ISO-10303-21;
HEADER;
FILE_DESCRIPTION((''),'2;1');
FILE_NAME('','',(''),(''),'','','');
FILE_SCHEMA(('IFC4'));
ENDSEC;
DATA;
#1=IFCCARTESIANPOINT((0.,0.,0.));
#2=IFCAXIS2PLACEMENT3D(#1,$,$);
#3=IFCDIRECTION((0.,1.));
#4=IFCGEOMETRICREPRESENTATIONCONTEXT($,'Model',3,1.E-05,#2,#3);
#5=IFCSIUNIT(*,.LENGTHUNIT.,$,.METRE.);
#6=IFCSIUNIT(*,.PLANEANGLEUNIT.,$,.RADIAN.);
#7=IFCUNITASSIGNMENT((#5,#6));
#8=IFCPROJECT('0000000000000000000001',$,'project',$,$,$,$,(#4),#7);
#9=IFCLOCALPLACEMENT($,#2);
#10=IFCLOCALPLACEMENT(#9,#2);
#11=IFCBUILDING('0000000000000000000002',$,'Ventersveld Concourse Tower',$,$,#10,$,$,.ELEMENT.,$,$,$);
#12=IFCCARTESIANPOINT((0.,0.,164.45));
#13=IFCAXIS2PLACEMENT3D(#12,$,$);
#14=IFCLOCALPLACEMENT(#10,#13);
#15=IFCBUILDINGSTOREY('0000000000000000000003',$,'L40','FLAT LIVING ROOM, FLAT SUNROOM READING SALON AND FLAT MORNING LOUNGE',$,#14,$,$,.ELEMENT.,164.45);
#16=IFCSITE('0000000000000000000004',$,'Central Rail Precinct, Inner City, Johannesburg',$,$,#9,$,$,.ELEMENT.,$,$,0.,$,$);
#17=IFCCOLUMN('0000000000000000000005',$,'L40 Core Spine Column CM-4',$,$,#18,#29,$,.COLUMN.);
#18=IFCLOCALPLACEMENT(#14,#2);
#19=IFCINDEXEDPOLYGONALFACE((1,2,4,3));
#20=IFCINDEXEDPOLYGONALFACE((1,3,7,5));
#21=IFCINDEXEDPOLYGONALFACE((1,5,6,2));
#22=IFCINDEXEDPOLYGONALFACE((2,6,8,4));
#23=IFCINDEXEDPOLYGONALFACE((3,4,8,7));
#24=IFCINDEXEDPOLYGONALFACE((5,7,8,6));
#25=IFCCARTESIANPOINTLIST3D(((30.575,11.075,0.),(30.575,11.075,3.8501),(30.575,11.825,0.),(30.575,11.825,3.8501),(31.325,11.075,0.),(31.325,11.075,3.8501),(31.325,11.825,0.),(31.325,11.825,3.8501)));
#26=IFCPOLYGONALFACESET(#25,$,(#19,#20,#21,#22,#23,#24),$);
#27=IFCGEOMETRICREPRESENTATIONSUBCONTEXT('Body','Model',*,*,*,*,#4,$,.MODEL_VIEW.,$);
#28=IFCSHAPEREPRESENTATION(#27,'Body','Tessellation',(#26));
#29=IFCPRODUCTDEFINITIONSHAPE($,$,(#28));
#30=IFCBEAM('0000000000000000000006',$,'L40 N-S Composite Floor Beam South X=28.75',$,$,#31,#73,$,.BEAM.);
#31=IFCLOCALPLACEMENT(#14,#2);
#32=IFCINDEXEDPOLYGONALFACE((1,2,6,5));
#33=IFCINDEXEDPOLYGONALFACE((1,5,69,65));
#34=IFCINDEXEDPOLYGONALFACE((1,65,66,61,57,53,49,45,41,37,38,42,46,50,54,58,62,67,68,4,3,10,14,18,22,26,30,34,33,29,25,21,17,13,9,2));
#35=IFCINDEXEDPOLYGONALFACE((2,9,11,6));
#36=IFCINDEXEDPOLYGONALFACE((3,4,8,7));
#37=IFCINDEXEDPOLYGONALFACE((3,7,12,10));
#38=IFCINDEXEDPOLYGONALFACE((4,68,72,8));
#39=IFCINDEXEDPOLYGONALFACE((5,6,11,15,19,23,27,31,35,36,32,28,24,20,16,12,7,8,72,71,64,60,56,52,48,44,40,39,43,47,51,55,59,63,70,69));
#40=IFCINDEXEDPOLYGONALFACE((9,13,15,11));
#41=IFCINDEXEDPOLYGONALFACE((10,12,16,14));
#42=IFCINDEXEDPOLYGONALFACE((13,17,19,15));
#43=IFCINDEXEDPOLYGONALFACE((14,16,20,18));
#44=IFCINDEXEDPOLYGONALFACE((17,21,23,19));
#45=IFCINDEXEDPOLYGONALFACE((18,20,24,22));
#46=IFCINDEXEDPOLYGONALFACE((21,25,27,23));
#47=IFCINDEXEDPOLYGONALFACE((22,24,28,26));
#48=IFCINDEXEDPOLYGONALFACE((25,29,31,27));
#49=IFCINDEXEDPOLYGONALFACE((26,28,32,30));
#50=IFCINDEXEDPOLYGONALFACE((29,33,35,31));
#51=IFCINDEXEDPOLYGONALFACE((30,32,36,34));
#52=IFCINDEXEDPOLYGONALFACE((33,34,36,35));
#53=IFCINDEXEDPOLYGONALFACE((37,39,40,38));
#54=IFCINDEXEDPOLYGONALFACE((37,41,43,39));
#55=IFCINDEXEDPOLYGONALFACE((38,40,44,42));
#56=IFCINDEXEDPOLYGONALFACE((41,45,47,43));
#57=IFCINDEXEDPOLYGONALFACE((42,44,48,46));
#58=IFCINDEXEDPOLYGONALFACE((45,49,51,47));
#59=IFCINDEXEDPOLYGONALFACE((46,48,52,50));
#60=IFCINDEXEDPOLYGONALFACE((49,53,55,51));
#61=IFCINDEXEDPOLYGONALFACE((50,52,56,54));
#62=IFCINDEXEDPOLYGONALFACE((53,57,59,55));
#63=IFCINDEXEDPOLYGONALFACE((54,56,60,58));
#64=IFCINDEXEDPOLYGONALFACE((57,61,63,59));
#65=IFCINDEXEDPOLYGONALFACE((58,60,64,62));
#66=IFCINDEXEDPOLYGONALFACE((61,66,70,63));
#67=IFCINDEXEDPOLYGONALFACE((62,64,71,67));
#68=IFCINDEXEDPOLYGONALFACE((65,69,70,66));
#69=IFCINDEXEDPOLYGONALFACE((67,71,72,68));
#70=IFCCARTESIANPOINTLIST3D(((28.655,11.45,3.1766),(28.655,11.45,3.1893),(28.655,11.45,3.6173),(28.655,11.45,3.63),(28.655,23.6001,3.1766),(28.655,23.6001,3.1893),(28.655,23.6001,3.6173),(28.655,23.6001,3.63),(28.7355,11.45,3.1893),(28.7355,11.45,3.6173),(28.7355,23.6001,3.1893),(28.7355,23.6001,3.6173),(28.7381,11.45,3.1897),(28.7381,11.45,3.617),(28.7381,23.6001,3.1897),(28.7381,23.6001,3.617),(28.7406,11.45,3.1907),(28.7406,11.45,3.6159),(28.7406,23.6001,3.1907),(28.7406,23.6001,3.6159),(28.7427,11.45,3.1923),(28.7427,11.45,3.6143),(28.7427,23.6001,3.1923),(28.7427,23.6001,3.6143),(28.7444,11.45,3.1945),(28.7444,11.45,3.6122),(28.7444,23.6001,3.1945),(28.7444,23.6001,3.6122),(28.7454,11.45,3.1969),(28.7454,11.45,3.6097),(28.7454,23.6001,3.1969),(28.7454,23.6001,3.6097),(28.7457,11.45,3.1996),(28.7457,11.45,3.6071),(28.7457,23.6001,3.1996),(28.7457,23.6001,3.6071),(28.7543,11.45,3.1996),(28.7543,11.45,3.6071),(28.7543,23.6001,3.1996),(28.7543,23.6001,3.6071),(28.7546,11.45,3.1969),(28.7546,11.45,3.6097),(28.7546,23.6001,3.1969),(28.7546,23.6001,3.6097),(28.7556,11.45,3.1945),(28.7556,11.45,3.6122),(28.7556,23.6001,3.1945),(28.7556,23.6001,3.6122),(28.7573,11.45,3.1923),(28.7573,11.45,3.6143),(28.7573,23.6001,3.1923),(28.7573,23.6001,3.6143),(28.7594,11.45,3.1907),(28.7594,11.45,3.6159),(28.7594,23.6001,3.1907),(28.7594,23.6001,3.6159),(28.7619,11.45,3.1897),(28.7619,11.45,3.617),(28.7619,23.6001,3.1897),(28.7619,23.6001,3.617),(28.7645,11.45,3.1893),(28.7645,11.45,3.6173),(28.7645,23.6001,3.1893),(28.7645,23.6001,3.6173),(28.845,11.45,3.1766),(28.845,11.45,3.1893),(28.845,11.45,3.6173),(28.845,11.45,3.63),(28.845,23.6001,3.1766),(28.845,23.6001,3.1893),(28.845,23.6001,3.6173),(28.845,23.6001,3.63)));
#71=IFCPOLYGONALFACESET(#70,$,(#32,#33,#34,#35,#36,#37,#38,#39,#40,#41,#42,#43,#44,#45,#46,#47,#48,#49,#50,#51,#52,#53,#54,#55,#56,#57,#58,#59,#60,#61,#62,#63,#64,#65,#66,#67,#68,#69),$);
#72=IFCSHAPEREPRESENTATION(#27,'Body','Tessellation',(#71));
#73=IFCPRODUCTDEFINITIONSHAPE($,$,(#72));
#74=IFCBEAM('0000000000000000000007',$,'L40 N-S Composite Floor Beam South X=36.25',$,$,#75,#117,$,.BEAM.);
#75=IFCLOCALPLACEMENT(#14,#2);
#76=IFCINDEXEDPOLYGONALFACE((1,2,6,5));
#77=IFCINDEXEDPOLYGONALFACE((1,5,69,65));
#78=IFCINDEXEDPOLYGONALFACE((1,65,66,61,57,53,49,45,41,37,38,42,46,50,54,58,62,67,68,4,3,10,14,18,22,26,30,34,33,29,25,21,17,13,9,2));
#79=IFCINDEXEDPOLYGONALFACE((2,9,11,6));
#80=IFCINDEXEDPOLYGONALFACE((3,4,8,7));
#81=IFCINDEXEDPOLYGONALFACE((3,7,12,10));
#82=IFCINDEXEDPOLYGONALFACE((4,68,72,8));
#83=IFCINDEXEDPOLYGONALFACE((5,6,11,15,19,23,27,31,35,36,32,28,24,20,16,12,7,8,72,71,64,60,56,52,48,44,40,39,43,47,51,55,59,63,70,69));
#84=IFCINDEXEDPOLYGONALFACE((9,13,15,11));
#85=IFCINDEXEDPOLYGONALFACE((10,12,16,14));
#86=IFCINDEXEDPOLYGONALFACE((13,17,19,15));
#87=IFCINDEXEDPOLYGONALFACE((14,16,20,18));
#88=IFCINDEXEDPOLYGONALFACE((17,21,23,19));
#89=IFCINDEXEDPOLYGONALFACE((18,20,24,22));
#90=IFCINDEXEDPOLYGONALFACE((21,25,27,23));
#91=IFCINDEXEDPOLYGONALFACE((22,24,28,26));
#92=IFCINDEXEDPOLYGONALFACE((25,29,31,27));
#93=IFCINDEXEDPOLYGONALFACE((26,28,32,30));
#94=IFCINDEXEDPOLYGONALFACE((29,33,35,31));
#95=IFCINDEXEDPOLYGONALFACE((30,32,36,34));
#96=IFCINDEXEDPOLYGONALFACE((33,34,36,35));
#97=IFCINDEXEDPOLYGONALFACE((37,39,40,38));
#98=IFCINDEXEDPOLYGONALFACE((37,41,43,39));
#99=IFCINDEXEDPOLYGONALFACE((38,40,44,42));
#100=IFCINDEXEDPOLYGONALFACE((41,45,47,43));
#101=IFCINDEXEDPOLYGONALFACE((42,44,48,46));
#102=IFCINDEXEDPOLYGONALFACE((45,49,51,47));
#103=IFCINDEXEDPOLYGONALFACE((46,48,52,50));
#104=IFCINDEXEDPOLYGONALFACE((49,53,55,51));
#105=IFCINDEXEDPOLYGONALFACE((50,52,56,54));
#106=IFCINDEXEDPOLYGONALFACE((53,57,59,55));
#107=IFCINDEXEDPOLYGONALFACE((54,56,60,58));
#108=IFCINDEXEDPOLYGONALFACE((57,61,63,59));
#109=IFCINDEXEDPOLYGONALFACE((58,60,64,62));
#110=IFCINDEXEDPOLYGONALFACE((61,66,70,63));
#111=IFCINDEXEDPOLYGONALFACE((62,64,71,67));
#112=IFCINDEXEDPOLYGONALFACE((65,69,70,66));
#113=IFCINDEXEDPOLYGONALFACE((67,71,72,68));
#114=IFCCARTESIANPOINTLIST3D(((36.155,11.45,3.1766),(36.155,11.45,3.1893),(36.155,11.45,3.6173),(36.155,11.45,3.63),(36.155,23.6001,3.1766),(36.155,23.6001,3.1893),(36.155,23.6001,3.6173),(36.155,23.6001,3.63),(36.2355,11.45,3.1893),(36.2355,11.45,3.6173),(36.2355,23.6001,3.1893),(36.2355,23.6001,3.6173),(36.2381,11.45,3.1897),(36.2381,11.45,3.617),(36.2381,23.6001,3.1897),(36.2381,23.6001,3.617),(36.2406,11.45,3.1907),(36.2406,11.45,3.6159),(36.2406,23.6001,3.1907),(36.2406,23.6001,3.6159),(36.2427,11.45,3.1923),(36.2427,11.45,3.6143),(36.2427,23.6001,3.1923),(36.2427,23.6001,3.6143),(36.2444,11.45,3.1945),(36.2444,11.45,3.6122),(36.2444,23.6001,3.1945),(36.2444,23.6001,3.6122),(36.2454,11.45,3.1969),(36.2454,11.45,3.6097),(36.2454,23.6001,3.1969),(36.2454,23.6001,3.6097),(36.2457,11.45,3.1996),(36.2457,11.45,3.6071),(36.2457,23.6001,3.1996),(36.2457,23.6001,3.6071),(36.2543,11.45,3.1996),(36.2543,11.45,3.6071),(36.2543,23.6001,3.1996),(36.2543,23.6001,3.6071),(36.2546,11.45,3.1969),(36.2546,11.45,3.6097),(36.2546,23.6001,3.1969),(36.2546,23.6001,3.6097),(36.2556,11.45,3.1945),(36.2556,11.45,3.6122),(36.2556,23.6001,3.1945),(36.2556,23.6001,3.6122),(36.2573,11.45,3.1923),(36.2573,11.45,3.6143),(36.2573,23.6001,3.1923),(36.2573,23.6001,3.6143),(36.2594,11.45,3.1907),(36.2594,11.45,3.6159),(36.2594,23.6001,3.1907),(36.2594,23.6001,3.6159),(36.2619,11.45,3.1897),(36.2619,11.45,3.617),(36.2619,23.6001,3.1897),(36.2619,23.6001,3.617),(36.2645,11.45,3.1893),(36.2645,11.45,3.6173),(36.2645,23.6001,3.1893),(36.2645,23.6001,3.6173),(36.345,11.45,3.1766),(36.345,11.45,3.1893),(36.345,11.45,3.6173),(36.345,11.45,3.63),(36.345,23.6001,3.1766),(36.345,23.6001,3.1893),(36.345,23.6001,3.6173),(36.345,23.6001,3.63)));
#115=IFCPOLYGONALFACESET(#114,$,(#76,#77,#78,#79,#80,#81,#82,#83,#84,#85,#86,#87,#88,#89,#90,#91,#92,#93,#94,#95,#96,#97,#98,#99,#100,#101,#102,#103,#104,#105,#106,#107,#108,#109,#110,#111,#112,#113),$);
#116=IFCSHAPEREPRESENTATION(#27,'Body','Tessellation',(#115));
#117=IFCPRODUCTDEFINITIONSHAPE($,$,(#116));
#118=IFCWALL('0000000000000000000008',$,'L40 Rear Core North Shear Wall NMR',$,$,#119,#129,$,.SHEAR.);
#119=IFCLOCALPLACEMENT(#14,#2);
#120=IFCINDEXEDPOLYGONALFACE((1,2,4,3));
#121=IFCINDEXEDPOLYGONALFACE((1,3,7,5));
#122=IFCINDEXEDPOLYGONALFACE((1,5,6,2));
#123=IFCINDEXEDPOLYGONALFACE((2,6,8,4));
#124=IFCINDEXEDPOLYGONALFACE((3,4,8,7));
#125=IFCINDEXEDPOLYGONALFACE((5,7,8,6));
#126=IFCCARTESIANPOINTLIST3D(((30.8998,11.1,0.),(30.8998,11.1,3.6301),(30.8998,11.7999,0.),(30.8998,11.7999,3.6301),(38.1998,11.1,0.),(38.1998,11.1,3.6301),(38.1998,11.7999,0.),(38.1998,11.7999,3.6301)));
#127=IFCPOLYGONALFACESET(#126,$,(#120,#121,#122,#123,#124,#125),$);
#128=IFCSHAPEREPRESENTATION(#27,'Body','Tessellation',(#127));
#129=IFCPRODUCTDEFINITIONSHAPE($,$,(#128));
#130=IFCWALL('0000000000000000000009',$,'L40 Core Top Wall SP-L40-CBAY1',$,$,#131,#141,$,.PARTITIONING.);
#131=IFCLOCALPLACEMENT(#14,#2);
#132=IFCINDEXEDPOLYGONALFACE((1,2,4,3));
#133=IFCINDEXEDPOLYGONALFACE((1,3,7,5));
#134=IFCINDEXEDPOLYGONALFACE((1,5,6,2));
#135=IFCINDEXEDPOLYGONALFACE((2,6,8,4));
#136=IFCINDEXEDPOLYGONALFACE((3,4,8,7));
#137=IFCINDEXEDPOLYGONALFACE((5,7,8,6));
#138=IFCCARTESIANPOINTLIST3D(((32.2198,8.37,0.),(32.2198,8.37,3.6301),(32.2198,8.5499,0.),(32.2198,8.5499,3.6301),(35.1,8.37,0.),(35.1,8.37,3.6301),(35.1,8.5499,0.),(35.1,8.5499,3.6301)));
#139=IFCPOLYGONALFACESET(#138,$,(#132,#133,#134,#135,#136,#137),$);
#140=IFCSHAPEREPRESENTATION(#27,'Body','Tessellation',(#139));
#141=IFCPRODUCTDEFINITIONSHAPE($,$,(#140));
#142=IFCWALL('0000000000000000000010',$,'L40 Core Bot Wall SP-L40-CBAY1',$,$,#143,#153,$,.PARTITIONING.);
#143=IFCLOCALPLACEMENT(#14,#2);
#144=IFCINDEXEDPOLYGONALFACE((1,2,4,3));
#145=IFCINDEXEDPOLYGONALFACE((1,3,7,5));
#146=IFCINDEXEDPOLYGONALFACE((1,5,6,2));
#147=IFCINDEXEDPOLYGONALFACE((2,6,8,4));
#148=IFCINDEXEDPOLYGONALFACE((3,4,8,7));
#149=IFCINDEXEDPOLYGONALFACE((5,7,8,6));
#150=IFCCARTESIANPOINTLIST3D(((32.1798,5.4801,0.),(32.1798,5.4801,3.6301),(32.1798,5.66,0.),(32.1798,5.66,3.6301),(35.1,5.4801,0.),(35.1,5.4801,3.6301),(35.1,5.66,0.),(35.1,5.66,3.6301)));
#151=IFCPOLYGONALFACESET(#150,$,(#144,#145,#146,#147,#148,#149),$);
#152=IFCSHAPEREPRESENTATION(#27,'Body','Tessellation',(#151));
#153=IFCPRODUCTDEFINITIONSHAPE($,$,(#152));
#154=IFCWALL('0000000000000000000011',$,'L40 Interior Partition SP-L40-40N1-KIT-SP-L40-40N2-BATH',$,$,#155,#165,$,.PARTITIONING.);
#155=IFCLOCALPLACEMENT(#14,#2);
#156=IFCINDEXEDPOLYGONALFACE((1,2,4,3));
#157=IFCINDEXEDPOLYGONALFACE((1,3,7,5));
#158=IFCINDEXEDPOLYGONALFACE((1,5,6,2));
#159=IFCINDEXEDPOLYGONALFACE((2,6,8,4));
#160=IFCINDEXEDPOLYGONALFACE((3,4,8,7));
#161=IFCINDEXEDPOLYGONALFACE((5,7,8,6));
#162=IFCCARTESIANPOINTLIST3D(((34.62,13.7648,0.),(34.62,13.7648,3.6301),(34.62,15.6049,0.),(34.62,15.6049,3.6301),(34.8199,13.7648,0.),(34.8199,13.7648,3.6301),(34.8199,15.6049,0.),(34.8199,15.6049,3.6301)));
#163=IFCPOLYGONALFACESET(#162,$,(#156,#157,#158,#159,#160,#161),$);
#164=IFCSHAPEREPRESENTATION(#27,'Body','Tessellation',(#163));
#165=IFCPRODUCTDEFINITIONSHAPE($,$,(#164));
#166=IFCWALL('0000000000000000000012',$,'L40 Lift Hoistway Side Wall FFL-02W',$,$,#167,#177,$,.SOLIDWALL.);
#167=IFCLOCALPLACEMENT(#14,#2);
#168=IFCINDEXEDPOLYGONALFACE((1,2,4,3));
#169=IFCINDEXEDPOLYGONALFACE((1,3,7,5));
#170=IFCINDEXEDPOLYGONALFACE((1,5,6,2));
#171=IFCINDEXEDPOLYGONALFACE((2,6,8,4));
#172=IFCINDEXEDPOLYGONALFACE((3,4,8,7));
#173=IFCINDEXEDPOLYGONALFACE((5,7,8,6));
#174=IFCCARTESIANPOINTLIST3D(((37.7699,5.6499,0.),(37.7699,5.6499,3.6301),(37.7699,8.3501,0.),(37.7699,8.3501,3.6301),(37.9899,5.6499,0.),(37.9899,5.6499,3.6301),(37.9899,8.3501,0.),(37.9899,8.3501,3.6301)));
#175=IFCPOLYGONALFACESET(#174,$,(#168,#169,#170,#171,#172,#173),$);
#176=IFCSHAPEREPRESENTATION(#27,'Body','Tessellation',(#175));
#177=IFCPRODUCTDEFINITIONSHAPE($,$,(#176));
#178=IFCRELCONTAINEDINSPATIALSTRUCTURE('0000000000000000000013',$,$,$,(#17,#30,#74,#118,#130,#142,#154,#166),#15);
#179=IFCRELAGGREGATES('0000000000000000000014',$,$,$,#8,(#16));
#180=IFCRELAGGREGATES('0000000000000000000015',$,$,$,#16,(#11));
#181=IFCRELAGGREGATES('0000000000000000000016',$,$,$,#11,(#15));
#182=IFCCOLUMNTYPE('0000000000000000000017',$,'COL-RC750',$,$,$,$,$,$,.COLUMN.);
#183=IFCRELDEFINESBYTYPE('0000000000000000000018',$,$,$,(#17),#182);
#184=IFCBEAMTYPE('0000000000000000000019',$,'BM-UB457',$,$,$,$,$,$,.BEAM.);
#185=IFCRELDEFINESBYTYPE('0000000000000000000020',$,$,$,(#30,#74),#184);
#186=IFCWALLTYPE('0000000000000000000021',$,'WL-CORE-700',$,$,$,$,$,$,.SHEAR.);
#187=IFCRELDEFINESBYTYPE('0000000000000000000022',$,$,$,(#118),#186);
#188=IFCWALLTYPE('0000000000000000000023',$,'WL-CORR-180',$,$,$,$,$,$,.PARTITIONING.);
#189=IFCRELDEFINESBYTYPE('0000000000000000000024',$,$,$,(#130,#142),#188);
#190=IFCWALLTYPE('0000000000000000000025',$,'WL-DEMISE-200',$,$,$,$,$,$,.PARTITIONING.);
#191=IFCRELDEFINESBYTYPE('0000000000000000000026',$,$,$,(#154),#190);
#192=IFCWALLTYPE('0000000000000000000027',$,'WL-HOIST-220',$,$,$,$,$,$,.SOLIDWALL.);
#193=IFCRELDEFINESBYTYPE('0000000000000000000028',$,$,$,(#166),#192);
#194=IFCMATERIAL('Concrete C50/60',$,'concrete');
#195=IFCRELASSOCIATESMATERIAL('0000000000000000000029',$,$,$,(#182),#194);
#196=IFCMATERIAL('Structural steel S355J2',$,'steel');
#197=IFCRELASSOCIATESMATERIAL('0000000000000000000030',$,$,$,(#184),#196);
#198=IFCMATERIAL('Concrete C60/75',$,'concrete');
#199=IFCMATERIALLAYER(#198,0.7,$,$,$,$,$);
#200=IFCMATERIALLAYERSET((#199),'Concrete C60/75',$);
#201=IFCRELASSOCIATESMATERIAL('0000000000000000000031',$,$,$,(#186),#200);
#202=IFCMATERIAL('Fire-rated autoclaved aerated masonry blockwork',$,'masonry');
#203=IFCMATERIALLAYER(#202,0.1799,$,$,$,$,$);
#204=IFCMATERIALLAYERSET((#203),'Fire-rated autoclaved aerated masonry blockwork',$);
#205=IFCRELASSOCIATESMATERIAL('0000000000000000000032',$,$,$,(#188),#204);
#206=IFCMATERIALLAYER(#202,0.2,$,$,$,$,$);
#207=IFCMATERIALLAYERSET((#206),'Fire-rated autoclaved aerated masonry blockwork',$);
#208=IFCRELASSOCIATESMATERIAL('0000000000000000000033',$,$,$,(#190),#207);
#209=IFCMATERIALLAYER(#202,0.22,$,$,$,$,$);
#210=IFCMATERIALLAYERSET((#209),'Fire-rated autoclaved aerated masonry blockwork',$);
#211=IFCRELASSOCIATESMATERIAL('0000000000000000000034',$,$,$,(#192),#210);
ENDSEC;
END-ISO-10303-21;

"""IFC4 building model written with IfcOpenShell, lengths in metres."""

from ifc_helpers import new_model, si_unit, direction, frame, frame_2d, origin, origin_2d, place, context, subcontext, project, spatial, rectangle, i_section, extrude, material, layer, layer_set, material_profile, profile_set, type_object, element, save


model = new_model("IFC4")

# Units and contexts
model_context = context("Model", 3, precision=1e-05, world=origin(), true_north=direction((0.0, 1.0)))
body_context = subcontext(model_context, "Body", "Model", "MODEL_VIEW")
ifc_project = project(units=[si_unit("LENGTHUNIT", "METRE"), si_unit("PLANEANGLEUNIT", "RADIAN")], contexts=[model_context])

# Site, building, storey
site_placement = place(None, origin())
site = spatial("IfcSite", under=ifc_project, at=site_placement, Name="Central Rail Precinct, Inner City, Johannesburg", CompositionType="ELEMENT", RefElevation=0.0)
building_placement = place(site_placement, origin())
building = spatial("IfcBuilding", under=site, at=building_placement, Name="Ventersveld Concourse Tower", CompositionType="ELEMENT")
storey_placement = place(building_placement, frame((0.0, 0.0, 164.45)))
storey = spatial("IfcBuildingStorey", under=building, at=storey_placement, Name="L40", Description="FLAT LIVING ROOM, FLAT SUNROOM READING SALON AND FLAT MORNING LOUNGE", CompositionType="ELEMENT", Elevation=164.45)

# Column
ifc_material_1 = material(Name="Concrete C50/60", Category="concrete")
ifc_material_profile_1 = material_profile(ifc_material_1, rectangle(XDim=0.75, YDim=0.75, at=origin_2d()), Name="RC 750x750")
ifc_profile_set_1 = profile_set([ifc_material_profile_1], Name="Concrete C50/60")
column_type = type_object("IfcColumnType", Name="COL-RC750", PredefinedType="COLUMN", material=ifc_profile_set_1)
column_placement = place(storey_placement, frame((30.95, 11.45, 0.0), z_axis=(0.0, 0.0, 1.0), x_axis=(1.0, 0.0, 0.0)))
element("IfcColumn", 1, at=column_placement, inside=storey, type_object=column_type, Name="L40 Core Spine Column CM-4", PredefinedType="COLUMN", context=body_context, shape_type="SweptSolid", body=[
    extrude(rectangle(XDim=0.75, YDim=0.75, at=origin_2d()), origin(), (0.0, 0.0, 1.0), 3.8501),
])

# Beams
ifc_material_2 = material(Name="Structural steel S355J2", Category="steel")
ifc_material_profile_2 = material_profile(ifc_material_2, i_section(OverallWidth=0.1899, OverallDepth=0.4534, WebThickness=0.0085, FlangeThickness=0.0127, FilletRadius=0.0103, at=origin_2d()), Name="UB 457x191x67")
ifc_profile_set_2 = profile_set([ifc_material_profile_2], Name="Structural steel S355J2")
beam_type = type_object("IfcBeamType", Name="BM-UB457", PredefinedType="BEAM", material=ifc_profile_set_2)
for number, where, z_axis, x_axis, name in (
    (2, (28.75, 11.45, 3.4033), (0.0, 1.0, 0.0), (-1.0, 0.0, 0.0), "L40 N-S Composite Floor Beam South X=28.75"),
    (3, (36.25, 11.45, 3.4033), (0.0, 1.0, 0.0), (-1.0, 0.0, 0.0), "L40 N-S Composite Floor Beam South X=36.25"),
):
    element("IfcBeam", number, at=place(storey_placement, frame(where, z_axis=z_axis, x_axis=x_axis)), inside=storey, type_object=beam_type, Name=name, PredefinedType="BEAM", context=body_context, shape_type="SweptSolid", body=[
        extrude(i_section(OverallWidth=0.1899, OverallDepth=0.4534, WebThickness=0.0085, FlangeThickness=0.0127, FilletRadius=0.0103, at=origin_2d()), origin(), (0.0, 0.0, 1.0), 12.1501),
    ])

# Wall
ifc_material_3 = material(Name="Concrete C60/75", Category="concrete")
ifc_layer_1 = layer(ifc_material_3, 0.7)
ifc_layer_set_1 = layer_set([ifc_layer_1], Name="Concrete C60/75")
wall_type_1 = type_object("IfcWallType", Name="WL-CORE-700", PredefinedType="SHEAR", material=ifc_layer_set_1)
wall_1_placement = place(storey_placement, frame((30.8999, 11.45, 0.0), z_axis=(0.0, 0.0, 1.0), x_axis=(1.0, 0.0, 0.0)))
element("IfcWall", 4, at=wall_1_placement, inside=storey, type_object=wall_type_1, Name="L40 Rear Core North Shear Wall NMR", PredefinedType="SHEAR", context=body_context, shape_type="SweptSolid", body=[
    extrude(rectangle(XDim=7.3, YDim=0.7, at=frame_2d((3.6499, 0.0))), origin(), (0.0, 0.0, 1.0), 3.6301),
])

# Shared definitions
ifc_material_4 = material(Name="Fire-rated autoclaved aerated masonry blockwork", Category="masonry")
ifc_layer_2 = layer(ifc_material_4, 0.1799)
ifc_layer_set_2 = layer_set([ifc_layer_2], Name="Fire-rated autoclaved aerated masonry blockwork")
wall_type_2 = type_object("IfcWallType", Name="WL-CORR-180", PredefinedType="PARTITIONING", material=ifc_layer_set_2)

# Walls
wall_2_placement = place(storey_placement, frame((32.22, 8.46, 0.0), z_axis=(0.0, 0.0, 1.0), x_axis=(1.0, 0.0, 0.0)))
element("IfcWall", 5, at=wall_2_placement, inside=storey, type_object=wall_type_2, Name="L40 Core Top Wall SP-L40-CBAY1", PredefinedType="PARTITIONING", context=body_context, shape_type="SweptSolid", body=[
    extrude(rectangle(XDim=2.8801, YDim=0.1799, at=frame_2d((1.4399, 0.0))), origin(), (0.0, 0.0, 1.0), 3.6301),
])
wall_3_placement = place(storey_placement, frame((32.1799, 5.5701, 0.0), z_axis=(0.0, 0.0, 1.0), x_axis=(1.0, 0.0, 0.0)))
element("IfcWall", 6, at=wall_3_placement, inside=storey, type_object=wall_type_2, Name="L40 Core Bot Wall SP-L40-CBAY1", PredefinedType="PARTITIONING", context=body_context, shape_type="SweptSolid", body=[
    extrude(rectangle(XDim=2.9202, YDim=0.1799, at=frame_2d((1.46, 0.0))), origin(), (0.0, 0.0, 1.0), 3.6301),
])
ifc_layer_3 = layer(ifc_material_4, 0.2)
ifc_layer_set_3 = layer_set([ifc_layer_3], Name="Fire-rated autoclaved aerated masonry blockwork")
wall_type_3 = type_object("IfcWallType", Name="WL-DEMISE-200", PredefinedType="PARTITIONING", material=ifc_layer_set_3)
wall_4_placement = place(storey_placement, frame((34.72, 13.7649, 0.0), z_axis=(0.0, 0.0, 1.0), x_axis=(0.0, 1.0, 0.0)))
element("IfcWall", 7, at=wall_4_placement, inside=storey, type_object=wall_type_3, Name="L40 Interior Partition SP-L40-40N1-KIT-SP-L40-40N2-BATH", PredefinedType="PARTITIONING", context=body_context, shape_type="SweptSolid", body=[
    extrude(rectangle(XDim=1.8401, YDim=0.2, at=frame_2d((0.9199, 0.0))), origin(), (0.0, 0.0, 1.0), 3.6301),
])
ifc_layer_4 = layer(ifc_material_4, 0.22)
ifc_layer_set_4 = layer_set([ifc_layer_4], Name="Fire-rated autoclaved aerated masonry blockwork")
wall_type_4 = type_object("IfcWallType", Name="WL-HOIST-220", PredefinedType="SOLIDWALL", material=ifc_layer_set_4)
wall_5_placement = place(storey_placement, frame((37.8799, 5.6499, 0.0), z_axis=(0.0, 0.0, 1.0), x_axis=(0.0, 1.0, 0.0)))
element("IfcWall", 8, at=wall_5_placement, inside=storey, type_object=wall_type_4, Name="L40 Lift Hoistway Side Wall FFL-02W", PredefinedType="SOLIDWALL", context=body_context, shape_type="SweptSolid", body=[
    extrude(rectangle(XDim=2.7002, YDim=0.22, at=frame_2d((1.3501, 0.0))), origin(), (0.0, 0.0, 1.0), 3.6301),
])

save(model, "model.ifc")
